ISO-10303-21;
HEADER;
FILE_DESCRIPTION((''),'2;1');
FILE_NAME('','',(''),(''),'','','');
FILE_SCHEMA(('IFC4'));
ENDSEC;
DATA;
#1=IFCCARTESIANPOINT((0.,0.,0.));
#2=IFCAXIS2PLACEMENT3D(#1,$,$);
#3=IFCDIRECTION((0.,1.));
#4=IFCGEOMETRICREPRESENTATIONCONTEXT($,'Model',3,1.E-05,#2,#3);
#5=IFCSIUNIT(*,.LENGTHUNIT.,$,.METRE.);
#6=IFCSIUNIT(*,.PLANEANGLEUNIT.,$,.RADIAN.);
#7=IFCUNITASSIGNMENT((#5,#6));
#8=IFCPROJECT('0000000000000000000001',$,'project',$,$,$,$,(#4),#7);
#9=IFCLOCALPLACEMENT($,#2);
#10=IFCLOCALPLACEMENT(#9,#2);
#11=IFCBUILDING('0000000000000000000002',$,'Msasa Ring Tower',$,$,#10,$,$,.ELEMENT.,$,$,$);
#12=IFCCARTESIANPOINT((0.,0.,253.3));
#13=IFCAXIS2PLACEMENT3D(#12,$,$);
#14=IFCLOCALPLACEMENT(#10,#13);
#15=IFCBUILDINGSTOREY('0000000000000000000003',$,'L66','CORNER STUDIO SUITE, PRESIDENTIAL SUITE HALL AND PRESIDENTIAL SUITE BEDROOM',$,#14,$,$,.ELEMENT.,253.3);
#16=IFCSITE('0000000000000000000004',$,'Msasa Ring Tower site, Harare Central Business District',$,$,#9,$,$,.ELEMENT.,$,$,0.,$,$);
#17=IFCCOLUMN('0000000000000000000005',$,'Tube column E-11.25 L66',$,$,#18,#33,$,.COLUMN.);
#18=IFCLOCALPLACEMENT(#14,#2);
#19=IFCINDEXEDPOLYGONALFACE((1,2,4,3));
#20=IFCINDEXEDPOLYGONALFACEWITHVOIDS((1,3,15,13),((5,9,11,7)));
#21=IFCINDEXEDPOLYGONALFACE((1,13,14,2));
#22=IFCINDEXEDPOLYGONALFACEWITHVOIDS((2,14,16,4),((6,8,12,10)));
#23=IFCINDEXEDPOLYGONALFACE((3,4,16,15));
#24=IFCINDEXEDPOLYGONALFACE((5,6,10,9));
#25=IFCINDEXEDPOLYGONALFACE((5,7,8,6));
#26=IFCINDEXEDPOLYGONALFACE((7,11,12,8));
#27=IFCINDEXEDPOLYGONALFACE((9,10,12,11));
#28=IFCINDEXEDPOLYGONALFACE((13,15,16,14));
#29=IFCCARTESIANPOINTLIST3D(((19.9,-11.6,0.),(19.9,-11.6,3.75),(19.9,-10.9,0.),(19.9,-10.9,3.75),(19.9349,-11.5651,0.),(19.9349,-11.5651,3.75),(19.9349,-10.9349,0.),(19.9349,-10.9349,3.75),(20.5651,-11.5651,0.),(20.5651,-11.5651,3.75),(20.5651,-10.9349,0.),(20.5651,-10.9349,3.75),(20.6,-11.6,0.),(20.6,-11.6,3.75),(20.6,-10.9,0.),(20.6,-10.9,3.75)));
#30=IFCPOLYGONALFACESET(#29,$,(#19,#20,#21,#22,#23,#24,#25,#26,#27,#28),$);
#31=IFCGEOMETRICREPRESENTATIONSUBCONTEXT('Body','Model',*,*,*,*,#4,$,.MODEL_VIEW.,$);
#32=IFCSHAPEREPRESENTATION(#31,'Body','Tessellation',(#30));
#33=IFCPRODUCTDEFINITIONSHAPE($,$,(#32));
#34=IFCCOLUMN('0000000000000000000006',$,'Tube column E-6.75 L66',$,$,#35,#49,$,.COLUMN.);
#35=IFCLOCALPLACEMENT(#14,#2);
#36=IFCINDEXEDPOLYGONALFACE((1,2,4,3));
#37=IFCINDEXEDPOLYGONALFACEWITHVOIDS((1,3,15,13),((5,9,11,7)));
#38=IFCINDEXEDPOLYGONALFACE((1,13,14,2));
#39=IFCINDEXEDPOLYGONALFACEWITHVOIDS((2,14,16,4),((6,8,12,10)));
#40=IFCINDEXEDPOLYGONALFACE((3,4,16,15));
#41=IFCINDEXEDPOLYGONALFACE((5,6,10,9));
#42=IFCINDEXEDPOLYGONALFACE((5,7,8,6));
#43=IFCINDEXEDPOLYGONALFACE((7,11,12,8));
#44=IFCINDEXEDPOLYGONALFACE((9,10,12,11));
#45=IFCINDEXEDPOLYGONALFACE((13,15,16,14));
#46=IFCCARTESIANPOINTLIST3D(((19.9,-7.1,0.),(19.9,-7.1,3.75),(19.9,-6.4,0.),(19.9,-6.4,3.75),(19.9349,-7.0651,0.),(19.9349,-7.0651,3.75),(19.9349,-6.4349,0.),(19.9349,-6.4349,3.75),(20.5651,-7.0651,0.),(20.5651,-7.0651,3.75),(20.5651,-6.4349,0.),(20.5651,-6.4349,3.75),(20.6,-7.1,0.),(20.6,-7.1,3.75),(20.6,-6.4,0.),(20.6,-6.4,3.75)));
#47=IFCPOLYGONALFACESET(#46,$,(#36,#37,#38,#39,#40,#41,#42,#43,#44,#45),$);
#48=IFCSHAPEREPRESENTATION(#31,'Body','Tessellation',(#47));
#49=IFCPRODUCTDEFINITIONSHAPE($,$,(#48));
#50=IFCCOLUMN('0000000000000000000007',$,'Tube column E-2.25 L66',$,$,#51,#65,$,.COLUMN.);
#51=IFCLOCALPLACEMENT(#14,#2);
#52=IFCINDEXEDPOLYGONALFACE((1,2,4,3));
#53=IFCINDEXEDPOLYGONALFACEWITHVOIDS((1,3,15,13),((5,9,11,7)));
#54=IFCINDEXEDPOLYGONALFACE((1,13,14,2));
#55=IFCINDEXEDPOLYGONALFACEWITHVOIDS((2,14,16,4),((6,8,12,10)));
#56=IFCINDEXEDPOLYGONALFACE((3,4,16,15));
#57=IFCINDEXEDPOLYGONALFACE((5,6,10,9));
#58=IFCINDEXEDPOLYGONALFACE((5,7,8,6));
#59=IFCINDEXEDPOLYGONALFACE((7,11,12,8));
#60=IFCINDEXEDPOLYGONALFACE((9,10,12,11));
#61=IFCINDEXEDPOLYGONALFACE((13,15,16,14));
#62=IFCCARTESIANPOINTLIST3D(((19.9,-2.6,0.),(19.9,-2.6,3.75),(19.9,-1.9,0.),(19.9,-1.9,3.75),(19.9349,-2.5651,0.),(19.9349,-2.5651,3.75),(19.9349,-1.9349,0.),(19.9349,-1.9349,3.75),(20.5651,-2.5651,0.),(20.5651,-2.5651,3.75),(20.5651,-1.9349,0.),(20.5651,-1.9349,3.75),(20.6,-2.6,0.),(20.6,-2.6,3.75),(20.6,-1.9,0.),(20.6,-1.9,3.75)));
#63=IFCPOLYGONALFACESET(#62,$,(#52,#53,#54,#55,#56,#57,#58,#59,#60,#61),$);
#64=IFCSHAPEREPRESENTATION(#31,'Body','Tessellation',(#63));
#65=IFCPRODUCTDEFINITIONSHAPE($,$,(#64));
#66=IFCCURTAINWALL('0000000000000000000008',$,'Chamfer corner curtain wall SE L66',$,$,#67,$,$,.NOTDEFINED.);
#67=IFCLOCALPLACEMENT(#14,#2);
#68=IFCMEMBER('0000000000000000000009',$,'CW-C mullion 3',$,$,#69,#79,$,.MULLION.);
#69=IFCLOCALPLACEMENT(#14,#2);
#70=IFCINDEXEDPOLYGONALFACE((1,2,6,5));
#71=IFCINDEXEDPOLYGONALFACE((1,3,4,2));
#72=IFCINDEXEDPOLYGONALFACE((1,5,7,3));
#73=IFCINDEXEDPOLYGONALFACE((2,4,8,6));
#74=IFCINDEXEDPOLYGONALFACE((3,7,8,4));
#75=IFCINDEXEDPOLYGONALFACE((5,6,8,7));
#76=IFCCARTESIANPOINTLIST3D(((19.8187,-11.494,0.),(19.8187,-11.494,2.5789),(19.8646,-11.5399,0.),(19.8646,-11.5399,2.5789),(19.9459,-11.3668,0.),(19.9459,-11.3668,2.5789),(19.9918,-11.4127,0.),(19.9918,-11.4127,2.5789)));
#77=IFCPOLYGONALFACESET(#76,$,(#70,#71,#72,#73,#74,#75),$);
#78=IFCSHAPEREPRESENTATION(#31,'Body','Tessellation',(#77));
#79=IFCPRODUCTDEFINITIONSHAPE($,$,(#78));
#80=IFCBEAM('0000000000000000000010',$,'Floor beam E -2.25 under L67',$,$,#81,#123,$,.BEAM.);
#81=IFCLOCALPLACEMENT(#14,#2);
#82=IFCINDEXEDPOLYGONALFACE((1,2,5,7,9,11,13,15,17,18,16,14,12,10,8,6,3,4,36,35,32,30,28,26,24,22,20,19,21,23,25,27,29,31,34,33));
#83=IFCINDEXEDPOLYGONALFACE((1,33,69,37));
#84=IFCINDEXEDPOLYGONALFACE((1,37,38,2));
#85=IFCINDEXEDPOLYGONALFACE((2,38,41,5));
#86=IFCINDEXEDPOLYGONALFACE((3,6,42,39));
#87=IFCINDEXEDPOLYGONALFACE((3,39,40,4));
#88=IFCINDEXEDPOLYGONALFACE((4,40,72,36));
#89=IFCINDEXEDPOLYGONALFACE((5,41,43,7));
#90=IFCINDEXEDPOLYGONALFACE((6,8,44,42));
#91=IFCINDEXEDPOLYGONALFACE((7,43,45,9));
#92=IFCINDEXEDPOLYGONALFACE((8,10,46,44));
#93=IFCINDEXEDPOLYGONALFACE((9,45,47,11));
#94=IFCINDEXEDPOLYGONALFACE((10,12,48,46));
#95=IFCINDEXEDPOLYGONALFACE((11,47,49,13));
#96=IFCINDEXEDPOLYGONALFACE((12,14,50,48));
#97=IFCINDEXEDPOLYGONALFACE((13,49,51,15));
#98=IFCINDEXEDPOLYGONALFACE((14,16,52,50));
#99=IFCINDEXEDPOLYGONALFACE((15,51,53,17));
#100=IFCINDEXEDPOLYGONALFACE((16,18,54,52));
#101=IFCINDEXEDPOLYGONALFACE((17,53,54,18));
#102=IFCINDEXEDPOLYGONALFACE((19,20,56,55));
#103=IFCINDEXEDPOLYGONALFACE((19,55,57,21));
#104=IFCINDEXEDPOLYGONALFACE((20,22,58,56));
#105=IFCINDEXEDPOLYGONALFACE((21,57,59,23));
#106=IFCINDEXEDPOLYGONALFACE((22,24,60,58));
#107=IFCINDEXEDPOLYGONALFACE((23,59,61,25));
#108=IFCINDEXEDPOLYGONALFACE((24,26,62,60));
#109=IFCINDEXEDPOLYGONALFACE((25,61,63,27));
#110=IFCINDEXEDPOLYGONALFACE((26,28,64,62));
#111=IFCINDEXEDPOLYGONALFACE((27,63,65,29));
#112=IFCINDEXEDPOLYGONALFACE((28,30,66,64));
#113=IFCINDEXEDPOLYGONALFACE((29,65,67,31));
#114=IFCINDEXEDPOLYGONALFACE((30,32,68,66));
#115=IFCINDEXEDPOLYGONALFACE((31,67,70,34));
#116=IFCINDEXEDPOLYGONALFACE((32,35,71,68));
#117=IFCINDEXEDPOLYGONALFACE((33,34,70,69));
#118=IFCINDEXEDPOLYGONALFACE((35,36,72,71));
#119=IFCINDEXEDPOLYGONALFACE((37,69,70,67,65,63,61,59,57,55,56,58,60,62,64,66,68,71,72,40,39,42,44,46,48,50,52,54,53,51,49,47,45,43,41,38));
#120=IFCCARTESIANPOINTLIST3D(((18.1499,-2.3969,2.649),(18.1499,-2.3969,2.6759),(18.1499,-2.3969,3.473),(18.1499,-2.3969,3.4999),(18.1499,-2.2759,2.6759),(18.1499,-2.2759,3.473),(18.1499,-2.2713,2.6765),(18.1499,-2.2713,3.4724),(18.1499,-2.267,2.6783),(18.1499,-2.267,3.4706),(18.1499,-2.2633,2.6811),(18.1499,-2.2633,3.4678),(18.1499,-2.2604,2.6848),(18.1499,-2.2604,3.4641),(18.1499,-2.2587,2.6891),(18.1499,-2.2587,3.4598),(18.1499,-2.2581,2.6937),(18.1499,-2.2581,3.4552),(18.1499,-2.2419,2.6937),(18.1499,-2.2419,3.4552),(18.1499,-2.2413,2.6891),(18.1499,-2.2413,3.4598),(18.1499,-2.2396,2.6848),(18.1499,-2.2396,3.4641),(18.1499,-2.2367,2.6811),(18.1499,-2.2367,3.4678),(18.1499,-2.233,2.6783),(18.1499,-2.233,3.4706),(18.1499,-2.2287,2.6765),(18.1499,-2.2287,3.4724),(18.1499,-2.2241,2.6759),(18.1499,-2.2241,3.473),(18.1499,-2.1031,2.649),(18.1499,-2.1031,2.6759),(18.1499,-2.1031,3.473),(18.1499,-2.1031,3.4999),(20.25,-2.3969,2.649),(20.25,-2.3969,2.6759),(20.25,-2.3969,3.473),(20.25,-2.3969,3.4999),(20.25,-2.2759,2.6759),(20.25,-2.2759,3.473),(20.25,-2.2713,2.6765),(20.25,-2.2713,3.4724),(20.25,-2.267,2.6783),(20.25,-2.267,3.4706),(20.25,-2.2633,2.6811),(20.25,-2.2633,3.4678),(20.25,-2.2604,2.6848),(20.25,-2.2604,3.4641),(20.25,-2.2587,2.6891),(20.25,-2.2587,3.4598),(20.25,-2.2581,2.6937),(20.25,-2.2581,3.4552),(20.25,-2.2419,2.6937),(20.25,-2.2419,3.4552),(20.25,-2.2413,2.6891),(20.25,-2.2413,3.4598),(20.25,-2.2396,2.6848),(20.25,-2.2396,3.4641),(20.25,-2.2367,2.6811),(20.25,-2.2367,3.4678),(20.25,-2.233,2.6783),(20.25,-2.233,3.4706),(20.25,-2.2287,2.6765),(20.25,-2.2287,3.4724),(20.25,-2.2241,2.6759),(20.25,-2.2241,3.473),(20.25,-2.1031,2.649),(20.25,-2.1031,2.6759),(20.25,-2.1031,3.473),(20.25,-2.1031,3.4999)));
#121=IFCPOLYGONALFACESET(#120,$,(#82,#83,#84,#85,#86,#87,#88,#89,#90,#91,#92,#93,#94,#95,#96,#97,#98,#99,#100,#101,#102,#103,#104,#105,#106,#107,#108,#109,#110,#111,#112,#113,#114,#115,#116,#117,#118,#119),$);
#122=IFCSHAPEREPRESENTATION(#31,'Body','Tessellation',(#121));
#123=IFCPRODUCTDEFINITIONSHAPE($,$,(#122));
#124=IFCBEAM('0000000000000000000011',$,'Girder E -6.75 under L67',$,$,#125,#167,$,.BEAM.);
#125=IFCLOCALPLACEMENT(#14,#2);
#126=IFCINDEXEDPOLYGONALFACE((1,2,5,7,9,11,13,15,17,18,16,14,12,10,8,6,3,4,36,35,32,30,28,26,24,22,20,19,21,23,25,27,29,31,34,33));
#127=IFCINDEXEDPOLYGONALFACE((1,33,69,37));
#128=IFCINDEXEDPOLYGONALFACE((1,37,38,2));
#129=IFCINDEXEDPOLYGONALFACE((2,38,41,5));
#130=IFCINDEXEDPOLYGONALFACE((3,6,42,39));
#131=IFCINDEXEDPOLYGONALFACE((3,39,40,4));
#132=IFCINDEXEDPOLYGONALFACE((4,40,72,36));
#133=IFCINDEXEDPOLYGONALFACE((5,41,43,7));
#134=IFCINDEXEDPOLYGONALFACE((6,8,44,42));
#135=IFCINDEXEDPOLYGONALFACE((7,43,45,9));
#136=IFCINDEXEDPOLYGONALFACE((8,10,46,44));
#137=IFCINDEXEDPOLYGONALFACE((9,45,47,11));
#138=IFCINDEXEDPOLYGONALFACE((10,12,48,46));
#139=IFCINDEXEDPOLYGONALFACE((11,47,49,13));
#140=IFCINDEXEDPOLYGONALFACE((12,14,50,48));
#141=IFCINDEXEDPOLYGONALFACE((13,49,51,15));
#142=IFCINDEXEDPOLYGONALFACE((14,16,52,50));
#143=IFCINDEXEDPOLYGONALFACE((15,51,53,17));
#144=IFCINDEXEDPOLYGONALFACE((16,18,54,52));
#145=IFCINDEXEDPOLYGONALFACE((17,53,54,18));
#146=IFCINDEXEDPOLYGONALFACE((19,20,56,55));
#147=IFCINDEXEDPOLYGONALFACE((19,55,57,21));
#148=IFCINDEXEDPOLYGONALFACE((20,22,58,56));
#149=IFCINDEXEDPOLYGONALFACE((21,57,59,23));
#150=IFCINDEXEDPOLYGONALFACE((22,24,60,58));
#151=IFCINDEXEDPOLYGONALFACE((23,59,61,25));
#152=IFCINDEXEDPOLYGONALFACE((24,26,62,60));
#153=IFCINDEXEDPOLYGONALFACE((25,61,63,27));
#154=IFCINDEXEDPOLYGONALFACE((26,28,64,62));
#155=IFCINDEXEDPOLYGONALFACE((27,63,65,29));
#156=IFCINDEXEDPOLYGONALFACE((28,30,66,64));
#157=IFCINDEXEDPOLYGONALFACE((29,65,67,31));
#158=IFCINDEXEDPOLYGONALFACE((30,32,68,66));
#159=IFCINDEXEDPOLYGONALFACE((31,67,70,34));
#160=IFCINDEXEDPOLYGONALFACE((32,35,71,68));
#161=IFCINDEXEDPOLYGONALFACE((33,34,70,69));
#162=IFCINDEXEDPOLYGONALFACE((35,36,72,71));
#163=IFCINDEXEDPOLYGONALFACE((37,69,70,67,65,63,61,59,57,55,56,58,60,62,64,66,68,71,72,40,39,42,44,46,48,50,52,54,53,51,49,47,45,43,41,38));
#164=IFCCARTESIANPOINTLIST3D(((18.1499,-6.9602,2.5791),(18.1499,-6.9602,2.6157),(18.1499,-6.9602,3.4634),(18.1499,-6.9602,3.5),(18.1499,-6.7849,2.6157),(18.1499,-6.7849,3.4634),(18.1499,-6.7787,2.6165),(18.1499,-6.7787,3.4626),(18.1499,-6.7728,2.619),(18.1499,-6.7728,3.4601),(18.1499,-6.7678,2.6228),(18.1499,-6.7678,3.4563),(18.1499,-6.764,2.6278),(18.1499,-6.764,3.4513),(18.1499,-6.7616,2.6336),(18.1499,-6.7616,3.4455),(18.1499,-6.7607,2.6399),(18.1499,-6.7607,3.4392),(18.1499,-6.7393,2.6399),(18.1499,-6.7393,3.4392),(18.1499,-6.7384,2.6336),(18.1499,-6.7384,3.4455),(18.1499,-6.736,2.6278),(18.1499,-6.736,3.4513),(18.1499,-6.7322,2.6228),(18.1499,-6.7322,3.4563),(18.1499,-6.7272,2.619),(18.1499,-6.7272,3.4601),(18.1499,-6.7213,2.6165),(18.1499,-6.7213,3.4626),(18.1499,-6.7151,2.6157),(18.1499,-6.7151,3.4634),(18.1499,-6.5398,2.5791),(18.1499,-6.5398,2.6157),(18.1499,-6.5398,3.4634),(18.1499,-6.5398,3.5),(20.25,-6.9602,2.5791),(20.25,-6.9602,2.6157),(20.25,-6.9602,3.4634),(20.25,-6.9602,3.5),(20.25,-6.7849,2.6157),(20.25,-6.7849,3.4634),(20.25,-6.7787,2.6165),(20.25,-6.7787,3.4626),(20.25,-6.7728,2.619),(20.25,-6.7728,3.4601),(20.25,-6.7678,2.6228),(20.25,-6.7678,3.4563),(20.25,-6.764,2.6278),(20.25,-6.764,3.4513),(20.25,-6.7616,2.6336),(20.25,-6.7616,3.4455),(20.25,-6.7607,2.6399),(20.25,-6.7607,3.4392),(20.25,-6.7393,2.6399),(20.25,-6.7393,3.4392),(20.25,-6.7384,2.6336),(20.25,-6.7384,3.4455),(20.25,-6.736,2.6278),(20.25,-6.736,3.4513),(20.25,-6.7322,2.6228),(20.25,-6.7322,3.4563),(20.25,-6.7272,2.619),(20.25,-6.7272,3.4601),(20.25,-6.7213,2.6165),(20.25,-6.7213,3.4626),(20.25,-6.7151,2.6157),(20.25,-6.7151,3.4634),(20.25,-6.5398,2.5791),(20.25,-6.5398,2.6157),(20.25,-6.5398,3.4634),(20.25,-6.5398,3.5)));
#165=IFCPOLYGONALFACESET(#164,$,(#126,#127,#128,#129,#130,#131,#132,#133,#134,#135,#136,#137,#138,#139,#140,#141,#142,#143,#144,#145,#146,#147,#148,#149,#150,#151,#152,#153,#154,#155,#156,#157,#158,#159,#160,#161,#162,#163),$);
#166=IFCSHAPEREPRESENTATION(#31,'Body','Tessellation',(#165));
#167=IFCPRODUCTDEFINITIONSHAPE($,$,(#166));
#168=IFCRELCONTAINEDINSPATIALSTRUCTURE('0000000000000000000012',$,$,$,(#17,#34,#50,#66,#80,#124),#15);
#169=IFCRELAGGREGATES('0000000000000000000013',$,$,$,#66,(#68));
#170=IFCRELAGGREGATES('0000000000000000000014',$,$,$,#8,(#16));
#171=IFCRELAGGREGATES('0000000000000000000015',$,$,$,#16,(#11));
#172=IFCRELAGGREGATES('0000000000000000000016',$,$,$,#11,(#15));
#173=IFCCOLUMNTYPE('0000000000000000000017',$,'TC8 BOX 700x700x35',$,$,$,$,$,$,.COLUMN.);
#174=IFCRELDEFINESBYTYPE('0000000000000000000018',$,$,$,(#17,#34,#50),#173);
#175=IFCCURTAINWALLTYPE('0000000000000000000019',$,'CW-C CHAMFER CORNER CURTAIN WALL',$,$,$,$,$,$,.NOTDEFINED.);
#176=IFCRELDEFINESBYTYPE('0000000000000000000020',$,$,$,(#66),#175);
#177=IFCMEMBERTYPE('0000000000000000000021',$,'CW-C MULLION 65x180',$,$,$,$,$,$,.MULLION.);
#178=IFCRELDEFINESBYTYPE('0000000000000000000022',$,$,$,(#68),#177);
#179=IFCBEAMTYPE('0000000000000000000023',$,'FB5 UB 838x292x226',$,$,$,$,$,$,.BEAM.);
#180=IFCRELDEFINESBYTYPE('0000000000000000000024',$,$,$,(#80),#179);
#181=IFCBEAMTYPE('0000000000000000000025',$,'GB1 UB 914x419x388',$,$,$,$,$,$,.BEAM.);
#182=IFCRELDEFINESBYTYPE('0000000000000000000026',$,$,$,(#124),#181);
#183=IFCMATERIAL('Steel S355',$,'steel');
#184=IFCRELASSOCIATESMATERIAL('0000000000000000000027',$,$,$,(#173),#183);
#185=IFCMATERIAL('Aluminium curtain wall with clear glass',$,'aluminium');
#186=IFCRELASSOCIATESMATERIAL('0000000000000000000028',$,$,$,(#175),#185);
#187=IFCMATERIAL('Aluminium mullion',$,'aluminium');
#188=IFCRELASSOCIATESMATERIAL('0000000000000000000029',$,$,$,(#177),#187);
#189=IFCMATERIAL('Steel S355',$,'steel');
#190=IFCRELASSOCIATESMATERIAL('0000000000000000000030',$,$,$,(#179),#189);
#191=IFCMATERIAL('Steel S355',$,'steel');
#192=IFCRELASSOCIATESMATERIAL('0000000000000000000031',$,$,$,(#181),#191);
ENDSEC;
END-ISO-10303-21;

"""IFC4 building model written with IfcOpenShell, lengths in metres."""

from ifc_helpers import new_model, si_unit, direction, frame, origin, origin_2d, place, context, subcontext, project, spatial, rectangle, hollow_rectangle, i_section, extrude, material, material_profile, profile_set, type_object, element, aggregate, save


model = new_model("IFC4")

# Units and contexts
model_context = context("Model", 3, precision=1e-05, world=origin(), true_north=direction((0.0, 1.0)))
body_context = subcontext(model_context, "Body", "Model", "MODEL_VIEW")
ifc_project = project(units=[si_unit("LENGTHUNIT", "METRE"), si_unit("PLANEANGLEUNIT", "RADIAN")], contexts=[model_context])

# Site, building, storey
site_placement = place(None, origin())
site = spatial("IfcSite", under=ifc_project, at=site_placement, Name="Msasa Ring Tower site, Harare Central Business District", CompositionType="ELEMENT", RefElevation=0.0)
building_placement = place(site_placement, origin())
building = spatial("IfcBuilding", under=site, at=building_placement, Name="Msasa Ring Tower", CompositionType="ELEMENT")
storey_placement = place(building_placement, frame((0.0, 0.0, 253.3)))
storey = spatial("IfcBuildingStorey", under=building, at=storey_placement, Name="L66", Description="CORNER STUDIO SUITE, PRESIDENTIAL SUITE HALL AND PRESIDENTIAL SUITE BEDROOM", CompositionType="ELEMENT", Elevation=253.3)

# Columns
ifc_material_1 = material(Name="Steel S355", Category="steel")
ifc_material_profile_1 = material_profile(ifc_material_1, hollow_rectangle(XDim=0.7, YDim=0.7, WallThickness=0.0349, at=origin_2d()), Name="BOX 700x700x35")
ifc_profile_set_1 = profile_set([ifc_material_profile_1], Name="Steel S355")
column_type = type_object("IfcColumnType", Name="TC8 BOX 700x700x35", PredefinedType="COLUMN", material=ifc_profile_set_1)
for number, where, z_axis, x_axis, name in (
    (1, (20.25, -11.25, 0.0), (0.0, 0.0, 1.0), (1.0, 0.0, 0.0), "Tube column E-11.25 L66"),
    (2, (20.25, -6.75, 0.0), (0.0, 0.0, 1.0), (1.0, 0.0, 0.0), "Tube column E-6.75 L66"),
    (3, (20.25, -2.25, 0.0), (0.0, 0.0, 1.0), (1.0, 0.0, 0.0), "Tube column E-2.25 L66"),
):
    element("IfcColumn", number, at=place(storey_placement, frame(where, z_axis=z_axis, x_axis=x_axis)), inside=storey, type_object=column_type, Name=name, PredefinedType="COLUMN", context=body_context, shape_type="SweptSolid", body=[
        extrude(hollow_rectangle(XDim=0.7, YDim=0.7, WallThickness=0.0349, at=origin_2d()), origin(), (0.0, 0.0, 1.0), 3.75),
    ])

# Curtain wall, member
ifc_material_2 = material(Name="Aluminium curtain wall with clear glass", Category="aluminium")
curtain_wall_type = type_object("IfcCurtainWallType", Name="CW-C CHAMFER CORNER CURTAIN WALL", PredefinedType="NOTDEFINED", material=ifc_material_2)
curtain_wall_placement = place(storey_placement, origin())
curtain_wall = element("IfcCurtainWall", 4, at=curtain_wall_placement, inside=storey, type_object=curtain_wall_type, Name="Chamfer corner curtain wall SE L66", PredefinedType="NOTDEFINED")
ifc_material_3 = material(Name="Aluminium mullion", Category="aluminium")
ifc_material_profile_2 = material_profile(ifc_material_3, rectangle(XDim=0.0649, YDim=0.1799, at=origin_2d()), Name="AL 65x180")
ifc_profile_set_2 = profile_set([ifc_material_profile_2], Name="Aluminium mullion")
member_type = type_object("IfcMemberType", Name="CW-C MULLION 65x180", PredefinedType="MULLION", material=ifc_profile_set_2)
member_placement = place(storey_placement, frame((19.9053, -11.4534, 0.0), z_axis=(0.0, 0.0, 1.0), x_axis=(-0.707107, 0.707107, 0.0)))
member = element("IfcMember", 5, at=member_placement, type_object=member_type, Name="CW-C mullion 3", PredefinedType="MULLION", context=body_context, shape_type="SweptSolid", body=[
    extrude(rectangle(XDim=0.0649, YDim=0.1799, at=origin_2d()), origin(), (0.0, 0.0, 1.0), 2.5789),
])
aggregate(curtain_wall, [member])

# Beams
ifc_material_4 = material(Name="Steel S355", Category="steel")
ifc_material_profile_3 = material_profile(ifc_material_4, i_section(OverallWidth=0.2937, OverallDepth=0.8508, WebThickness=0.0161, FlangeThickness=0.0269, FilletRadius=0.0178, at=origin_2d()), Name="UB 838x292x226")
ifc_profile_set_3 = profile_set([ifc_material_profile_3], Name="Steel S355")
beam_type_1 = type_object("IfcBeamType", Name="FB5 UB 838x292x226", PredefinedType="BEAM", material=ifc_profile_set_3)
beam_1_placement = place(storey_placement, frame((20.25, -2.25, 3.0745), z_axis=(-1.0, 0.0, 0.0), x_axis=(0.0, -1.0, 0.0)))
element("IfcBeam", 6, at=beam_1_placement, inside=storey, type_object=beam_type_1, Name="Floor beam E -2.25 under L67", PredefinedType="BEAM", context=body_context, shape_type="SweptSolid", body=[
    extrude(i_section(OverallWidth=0.2937, OverallDepth=0.8508, WebThickness=0.0161, FlangeThickness=0.0269, FilletRadius=0.0178, at=origin_2d()), origin(), (0.0, 0.0, 1.0), 2.1001),
])
ifc_material_5 = material(Name="Steel S355", Category="steel")
ifc_material_profile_4 = material_profile(ifc_material_5, i_section(OverallWidth=0.4204, OverallDepth=0.9209, WebThickness=0.0215, FlangeThickness=0.0366, FilletRadius=0.0242, at=origin_2d()), Name="UB 914x419x388")
ifc_profile_set_4 = profile_set([ifc_material_profile_4], Name="Steel S355")
beam_type_2 = type_object("IfcBeamType", Name="GB1 UB 914x419x388", PredefinedType="BEAM", material=ifc_profile_set_4)
beam_2_placement = place(storey_placement, frame((18.1499, -6.75, 3.0396), z_axis=(1.0, 0.0, 0.0), x_axis=(0.0, 1.0, 0.0)))
element("IfcBeam", 7, at=beam_2_placement, inside=storey, type_object=beam_type_2, Name="Girder E -6.75 under L67", PredefinedType="BEAM", context=body_context, shape_type="SweptSolid", body=[
    extrude(i_section(OverallWidth=0.4204, OverallDepth=0.9209, WebThickness=0.0215, FlangeThickness=0.0366, FilletRadius=0.0242, at=origin_2d()), origin(), (0.0, 0.0, 1.0), 2.1001),
])

save(model, "model.ifc")
